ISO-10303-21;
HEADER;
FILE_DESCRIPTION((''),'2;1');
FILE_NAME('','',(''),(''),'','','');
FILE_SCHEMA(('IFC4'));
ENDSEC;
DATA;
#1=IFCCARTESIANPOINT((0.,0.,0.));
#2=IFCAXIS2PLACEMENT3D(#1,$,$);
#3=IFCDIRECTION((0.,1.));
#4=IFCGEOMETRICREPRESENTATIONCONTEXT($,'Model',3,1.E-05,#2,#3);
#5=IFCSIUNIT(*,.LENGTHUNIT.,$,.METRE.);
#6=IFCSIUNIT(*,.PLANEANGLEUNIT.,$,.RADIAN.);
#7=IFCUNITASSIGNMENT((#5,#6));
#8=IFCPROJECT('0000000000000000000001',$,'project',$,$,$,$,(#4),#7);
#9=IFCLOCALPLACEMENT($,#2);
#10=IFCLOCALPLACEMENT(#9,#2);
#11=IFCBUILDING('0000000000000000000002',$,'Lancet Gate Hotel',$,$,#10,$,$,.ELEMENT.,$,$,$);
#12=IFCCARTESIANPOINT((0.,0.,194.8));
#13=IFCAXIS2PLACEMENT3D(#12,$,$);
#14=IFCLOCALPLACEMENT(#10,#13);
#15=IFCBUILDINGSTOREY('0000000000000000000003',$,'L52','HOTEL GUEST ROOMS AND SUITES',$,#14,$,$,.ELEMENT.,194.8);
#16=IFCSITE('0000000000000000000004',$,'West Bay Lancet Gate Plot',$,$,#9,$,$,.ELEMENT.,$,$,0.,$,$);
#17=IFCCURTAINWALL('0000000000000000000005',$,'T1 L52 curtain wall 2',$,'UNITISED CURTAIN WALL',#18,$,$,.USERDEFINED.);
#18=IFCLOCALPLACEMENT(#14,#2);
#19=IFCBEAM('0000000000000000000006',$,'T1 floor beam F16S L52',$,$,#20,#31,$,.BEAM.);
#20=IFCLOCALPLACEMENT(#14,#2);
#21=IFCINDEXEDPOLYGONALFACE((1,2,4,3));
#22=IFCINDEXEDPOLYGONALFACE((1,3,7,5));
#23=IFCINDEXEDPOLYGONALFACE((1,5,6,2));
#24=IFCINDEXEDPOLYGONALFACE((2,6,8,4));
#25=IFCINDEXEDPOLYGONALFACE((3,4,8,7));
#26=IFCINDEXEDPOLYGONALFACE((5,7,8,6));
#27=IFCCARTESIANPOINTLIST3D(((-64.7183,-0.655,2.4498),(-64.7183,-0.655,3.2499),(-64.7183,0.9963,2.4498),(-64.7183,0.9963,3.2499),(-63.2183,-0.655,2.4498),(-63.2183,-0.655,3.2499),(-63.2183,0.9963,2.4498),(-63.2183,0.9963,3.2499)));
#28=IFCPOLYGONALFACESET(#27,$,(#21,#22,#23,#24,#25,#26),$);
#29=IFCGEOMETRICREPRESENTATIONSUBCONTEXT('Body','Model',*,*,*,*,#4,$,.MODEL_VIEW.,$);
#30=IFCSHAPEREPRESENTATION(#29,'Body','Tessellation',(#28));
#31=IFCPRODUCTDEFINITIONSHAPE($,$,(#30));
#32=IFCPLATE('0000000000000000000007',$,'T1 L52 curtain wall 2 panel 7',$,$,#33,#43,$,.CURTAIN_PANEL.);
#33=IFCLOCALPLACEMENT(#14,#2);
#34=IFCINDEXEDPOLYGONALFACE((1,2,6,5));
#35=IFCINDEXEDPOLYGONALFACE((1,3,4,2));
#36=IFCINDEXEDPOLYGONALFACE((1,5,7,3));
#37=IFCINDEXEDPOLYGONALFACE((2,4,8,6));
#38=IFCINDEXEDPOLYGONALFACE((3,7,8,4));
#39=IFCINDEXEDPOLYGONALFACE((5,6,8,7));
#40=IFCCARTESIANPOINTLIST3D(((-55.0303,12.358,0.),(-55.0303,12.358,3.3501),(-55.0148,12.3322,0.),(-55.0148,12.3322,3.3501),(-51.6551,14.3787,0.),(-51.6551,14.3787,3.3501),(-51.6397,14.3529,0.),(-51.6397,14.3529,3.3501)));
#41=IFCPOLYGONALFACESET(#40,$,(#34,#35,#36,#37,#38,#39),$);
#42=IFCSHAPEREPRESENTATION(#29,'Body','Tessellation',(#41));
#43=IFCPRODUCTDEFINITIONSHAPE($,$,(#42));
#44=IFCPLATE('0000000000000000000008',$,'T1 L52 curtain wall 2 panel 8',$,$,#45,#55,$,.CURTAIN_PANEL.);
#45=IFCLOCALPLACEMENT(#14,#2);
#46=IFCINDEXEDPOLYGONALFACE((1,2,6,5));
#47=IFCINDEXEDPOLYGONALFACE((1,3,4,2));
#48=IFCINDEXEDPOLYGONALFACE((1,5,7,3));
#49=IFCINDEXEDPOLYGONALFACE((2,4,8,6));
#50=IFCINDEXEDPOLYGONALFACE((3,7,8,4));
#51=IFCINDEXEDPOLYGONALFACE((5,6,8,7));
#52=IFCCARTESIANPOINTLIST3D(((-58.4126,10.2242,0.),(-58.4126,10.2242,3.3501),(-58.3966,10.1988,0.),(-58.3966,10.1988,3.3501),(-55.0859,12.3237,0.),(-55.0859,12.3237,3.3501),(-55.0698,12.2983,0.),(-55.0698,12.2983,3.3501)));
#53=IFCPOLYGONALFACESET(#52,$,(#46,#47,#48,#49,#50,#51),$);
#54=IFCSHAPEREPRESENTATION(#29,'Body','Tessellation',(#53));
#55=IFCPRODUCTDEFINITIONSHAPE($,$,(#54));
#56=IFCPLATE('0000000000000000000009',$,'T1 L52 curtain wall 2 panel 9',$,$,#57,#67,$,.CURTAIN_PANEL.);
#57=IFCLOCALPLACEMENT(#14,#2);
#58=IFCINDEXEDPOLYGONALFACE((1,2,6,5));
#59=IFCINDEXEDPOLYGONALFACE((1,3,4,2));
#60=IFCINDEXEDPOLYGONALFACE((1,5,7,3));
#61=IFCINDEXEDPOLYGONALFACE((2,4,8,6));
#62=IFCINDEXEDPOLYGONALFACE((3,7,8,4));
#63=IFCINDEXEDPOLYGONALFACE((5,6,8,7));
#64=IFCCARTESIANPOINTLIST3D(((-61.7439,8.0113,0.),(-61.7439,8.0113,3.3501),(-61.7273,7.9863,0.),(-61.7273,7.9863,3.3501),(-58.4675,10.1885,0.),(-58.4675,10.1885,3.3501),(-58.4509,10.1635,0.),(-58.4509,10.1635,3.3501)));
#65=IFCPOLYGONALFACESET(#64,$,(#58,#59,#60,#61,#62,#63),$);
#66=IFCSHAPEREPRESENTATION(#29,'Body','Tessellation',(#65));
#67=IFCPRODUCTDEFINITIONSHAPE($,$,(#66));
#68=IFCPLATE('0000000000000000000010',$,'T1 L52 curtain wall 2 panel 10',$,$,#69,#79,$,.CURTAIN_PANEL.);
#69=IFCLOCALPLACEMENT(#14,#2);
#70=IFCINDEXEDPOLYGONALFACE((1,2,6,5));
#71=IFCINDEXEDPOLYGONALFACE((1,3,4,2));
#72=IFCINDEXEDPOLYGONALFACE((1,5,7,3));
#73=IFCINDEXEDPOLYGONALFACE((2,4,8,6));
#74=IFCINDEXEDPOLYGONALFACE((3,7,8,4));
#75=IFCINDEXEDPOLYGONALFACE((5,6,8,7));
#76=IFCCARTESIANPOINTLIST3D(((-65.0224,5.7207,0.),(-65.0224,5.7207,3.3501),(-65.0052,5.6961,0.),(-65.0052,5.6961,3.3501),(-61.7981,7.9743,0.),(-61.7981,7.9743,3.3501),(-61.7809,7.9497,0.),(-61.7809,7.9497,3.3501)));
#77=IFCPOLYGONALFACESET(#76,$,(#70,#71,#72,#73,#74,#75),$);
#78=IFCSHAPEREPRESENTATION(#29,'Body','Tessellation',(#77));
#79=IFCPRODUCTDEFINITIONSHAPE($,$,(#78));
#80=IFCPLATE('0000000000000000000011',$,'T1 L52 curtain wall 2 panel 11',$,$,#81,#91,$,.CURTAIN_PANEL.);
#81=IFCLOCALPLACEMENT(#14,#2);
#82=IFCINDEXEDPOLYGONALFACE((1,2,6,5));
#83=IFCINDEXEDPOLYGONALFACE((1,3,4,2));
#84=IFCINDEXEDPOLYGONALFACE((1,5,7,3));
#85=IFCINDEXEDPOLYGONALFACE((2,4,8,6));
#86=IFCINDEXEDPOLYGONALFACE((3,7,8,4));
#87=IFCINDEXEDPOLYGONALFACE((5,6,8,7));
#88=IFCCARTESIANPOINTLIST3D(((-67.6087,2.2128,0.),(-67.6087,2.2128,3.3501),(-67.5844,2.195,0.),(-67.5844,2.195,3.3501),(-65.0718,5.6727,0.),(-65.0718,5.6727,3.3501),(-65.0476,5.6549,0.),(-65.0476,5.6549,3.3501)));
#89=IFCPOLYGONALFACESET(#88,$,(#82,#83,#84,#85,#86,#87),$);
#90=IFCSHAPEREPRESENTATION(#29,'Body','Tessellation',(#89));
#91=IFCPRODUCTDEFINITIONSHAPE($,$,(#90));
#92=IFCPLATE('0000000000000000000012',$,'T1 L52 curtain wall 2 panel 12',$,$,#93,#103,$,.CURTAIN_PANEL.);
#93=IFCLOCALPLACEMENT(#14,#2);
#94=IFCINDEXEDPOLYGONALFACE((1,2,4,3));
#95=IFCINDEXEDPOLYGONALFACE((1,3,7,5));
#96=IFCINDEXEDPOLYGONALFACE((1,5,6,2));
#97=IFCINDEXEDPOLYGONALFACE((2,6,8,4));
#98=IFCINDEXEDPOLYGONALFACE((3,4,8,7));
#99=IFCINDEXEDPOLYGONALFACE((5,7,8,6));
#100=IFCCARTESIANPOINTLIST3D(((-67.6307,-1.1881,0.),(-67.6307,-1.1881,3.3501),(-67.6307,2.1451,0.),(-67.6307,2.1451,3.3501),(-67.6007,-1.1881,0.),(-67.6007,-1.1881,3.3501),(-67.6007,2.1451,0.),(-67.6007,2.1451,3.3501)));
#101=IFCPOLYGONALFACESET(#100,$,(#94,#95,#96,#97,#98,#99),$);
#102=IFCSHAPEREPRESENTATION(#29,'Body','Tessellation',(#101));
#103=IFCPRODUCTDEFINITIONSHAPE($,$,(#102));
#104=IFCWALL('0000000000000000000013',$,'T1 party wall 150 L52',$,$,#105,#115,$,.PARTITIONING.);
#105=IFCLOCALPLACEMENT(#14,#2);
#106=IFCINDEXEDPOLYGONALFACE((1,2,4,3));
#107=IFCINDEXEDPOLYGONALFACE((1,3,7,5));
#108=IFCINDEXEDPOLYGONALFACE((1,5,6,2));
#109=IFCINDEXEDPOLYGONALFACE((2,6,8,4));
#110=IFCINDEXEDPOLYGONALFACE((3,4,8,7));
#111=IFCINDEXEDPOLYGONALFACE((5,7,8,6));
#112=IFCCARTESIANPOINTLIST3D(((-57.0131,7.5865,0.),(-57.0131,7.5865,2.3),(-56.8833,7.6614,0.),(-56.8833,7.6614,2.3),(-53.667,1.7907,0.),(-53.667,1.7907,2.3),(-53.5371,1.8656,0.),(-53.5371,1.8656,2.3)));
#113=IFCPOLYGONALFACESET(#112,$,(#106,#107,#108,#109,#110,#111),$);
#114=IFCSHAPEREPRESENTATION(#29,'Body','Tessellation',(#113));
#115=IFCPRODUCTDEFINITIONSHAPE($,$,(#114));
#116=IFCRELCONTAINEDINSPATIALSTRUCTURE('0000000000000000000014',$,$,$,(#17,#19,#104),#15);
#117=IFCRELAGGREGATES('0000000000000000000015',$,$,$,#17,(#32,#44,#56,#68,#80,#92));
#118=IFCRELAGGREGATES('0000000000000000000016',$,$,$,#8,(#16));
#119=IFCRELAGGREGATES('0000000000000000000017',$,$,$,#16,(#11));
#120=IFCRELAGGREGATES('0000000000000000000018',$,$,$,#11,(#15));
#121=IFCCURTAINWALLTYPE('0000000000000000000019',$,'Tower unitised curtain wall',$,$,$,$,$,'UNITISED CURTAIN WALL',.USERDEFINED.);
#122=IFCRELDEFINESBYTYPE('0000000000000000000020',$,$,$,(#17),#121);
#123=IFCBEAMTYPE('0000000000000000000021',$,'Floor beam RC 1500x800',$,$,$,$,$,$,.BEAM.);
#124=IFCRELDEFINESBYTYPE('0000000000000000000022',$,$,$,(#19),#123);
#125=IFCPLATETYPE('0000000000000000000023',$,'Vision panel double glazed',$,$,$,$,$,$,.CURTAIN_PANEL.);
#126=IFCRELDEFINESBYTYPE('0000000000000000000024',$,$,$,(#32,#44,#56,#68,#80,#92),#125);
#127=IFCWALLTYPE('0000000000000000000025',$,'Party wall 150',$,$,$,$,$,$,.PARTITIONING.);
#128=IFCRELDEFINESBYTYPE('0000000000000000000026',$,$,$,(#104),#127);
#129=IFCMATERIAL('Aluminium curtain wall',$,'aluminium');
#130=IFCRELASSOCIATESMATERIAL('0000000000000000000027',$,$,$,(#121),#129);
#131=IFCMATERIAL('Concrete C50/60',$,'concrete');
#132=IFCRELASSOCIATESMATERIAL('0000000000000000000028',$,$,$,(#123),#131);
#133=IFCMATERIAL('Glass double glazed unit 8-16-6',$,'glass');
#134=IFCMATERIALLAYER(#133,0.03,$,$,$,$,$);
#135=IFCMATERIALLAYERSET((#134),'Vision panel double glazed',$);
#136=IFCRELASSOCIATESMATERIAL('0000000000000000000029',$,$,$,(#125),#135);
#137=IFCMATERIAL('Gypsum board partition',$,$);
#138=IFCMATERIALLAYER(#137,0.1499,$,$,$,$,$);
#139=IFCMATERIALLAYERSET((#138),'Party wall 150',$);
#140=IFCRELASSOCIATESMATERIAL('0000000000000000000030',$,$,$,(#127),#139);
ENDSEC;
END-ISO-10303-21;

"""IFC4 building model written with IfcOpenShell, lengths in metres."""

from ifc_helpers import new_model, si_unit, direction, frame, frame_2d, origin, origin_2d, place, context, subcontext, project, spatial, rectangle, extrude, material, layer, layer_set, material_profile, profile_set, type_object, element, aggregate, save


model = new_model("IFC4")

# Units and contexts
model_context = context("Model", 3, precision=1e-05, world=origin(), true_north=direction((0.0, 1.0)))
body_context = subcontext(model_context, "Body", "Model", "MODEL_VIEW")
ifc_project = project(units=[si_unit("LENGTHUNIT", "METRE"), si_unit("PLANEANGLEUNIT", "RADIAN")], contexts=[model_context])

# Site, building, storey
site_placement = place(None, origin())
site = spatial("IfcSite", under=ifc_project, at=site_placement, Name="West Bay Lancet Gate Plot", CompositionType="ELEMENT", RefElevation=0.0)
building_placement = place(site_placement, origin())
building = spatial("IfcBuilding", under=site, at=building_placement, Name="Lancet Gate Hotel", CompositionType="ELEMENT")
storey_placement = place(building_placement, frame((0.0, 0.0, 194.8)))
storey = spatial("IfcBuildingStorey", under=building, at=storey_placement, Name="L52", Description="HOTEL GUEST ROOMS AND SUITES", CompositionType="ELEMENT", Elevation=194.8)

# Curtain wall
ifc_material_1 = material(Name="Aluminium curtain wall", Category="aluminium")
curtain_wall_type = type_object("IfcCurtainWallType", Name="Tower unitised curtain wall", ElementType="UNITISED CURTAIN WALL", PredefinedType="USERDEFINED", material=ifc_material_1)
curtain_wall_placement = place(storey_placement, origin())
curtain_wall = element("IfcCurtainWall", 1, at=curtain_wall_placement, inside=storey, type_object=curtain_wall_type, Name="T1 L52 curtain wall 2", ObjectType="UNITISED CURTAIN WALL", PredefinedType="USERDEFINED")

# Beam
ifc_material_2 = material(Name="Concrete C50/60", Category="concrete")
ifc_material_profile_1 = material_profile(ifc_material_2, rectangle(XDim=1.5, YDim=0.8, at=origin_2d()), Name="RC 1500x800")
ifc_profile_set_1 = profile_set([ifc_material_profile_1], Name="Concrete C50/60")
beam_type_1 = type_object("IfcBeamType", Name="Floor beam RC 1500x800", PredefinedType="BEAM", material=ifc_profile_set_1)
beam_1_placement = place(storey_placement, frame((-63.9683, 0.9963, 2.8499), z_axis=(0.0, -1.0, 0.0), x_axis=(1.0, 0.0, 0.0)))
element("IfcBeam", 2, at=beam_1_placement, inside=storey, type_object=beam_type_1, Name="T1 floor beam F16S L52", PredefinedType="BEAM", context=body_context, shape_type="SweptSolid", body=[
    extrude(rectangle(XDim=1.5, YDim=0.8, at=origin_2d()), origin(), (0.0, 0.0, 1.0), 1.6514),
])

# Plates
ifc_material_3 = material(Name="Glass double glazed unit 8-16-6", Category="glass")
ifc_layer_1 = layer(ifc_material_3, 0.03)
ifc_layer_set_1 = layer_set([ifc_layer_1], Name="Vision panel double glazed")
plate_type = type_object("IfcPlateType", Name="Vision panel double glazed", PredefinedType="CURTAIN_PANEL", material=ifc_layer_set_1)
plate_1_placement = place(storey_placement, frame((-53.335, 13.3555, 0.0), z_axis=(0.0, 0.0, 1.0), x_axis=(-0.857987, -0.513672, 0.0)))
plate_1 = element("IfcPlate", 3, at=plate_1_placement, type_object=plate_type, Name="T1 L52 curtain wall 2 panel 7", PredefinedType="CURTAIN_PANEL", context=body_context, shape_type="SweptSolid", body=[
    extrude(rectangle(XDim=3.9338, YDim=0.03, at=origin_2d()), origin(), (0.0, 0.0, 1.0), 3.3501),
])
plate_2_placement = place(storey_placement, frame((-56.7412, 11.2612, 0.0), z_axis=(0.0, 0.0, 1.0), x_axis=(-0.845667, -0.533711, 0.0)))
plate_2 = element("IfcPlate", 4, at=plate_2_placement, type_object=plate_type, Name="T1 L52 curtain wall 2 panel 8", PredefinedType="CURTAIN_PANEL", context=body_context, shape_type="SweptSolid", body=[
    extrude(rectangle(XDim=3.9338, YDim=0.03, at=origin_2d()), origin(), (0.0, 0.0, 1.0), 3.3501),
])
plate_3_placement = place(storey_placement, frame((-60.0974, 9.0874, 0.0), z_axis=(0.0, 0.0, 1.0), x_axis=(-0.832879, -0.553455, 0.0)))
plate_3 = element("IfcPlate", 5, at=plate_3_placement, type_object=plate_type, Name="T1 L52 curtain wall 2 panel 9", PredefinedType="CURTAIN_PANEL", context=body_context, shape_type="SweptSolid", body=[
    extrude(rectangle(XDim=3.9338, YDim=0.03, at=origin_2d()), origin(), (0.0, 0.0, 1.0), 3.3501),
])
plate_4_placement = place(storey_placement, frame((-63.4016, 6.8352, 0.0), z_axis=(0.0, 0.0, 1.0), x_axis=(-0.819631, -0.572892, 0.0)))
plate_4 = element("IfcPlate", 6, at=plate_4_placement, type_object=plate_type, Name="T1 L52 curtain wall 2 panel 10", PredefinedType="CURTAIN_PANEL", context=body_context, shape_type="SweptSolid", body=[
    extrude(rectangle(XDim=3.9338, YDim=0.03, at=origin_2d()), origin(), (0.0, 0.0, 1.0), 3.3501),
])
plate_5_placement = place(storey_placement, frame((-66.3281, 3.9338, 0.0), z_axis=(0.0, 0.0, 1.0), x_axis=(-0.5913, -0.806452, 0.0)))
plate_5 = element("IfcPlate", 7, at=plate_5_placement, type_object=plate_type, Name="T1 L52 curtain wall 2 panel 11", PredefinedType="CURTAIN_PANEL", context=body_context, shape_type="SweptSolid", body=[
    extrude(rectangle(XDim=4.2903, YDim=0.03, at=origin_2d()), origin(), (0.0, 0.0, 1.0), 3.3501),
])
plate_6_placement = place(storey_placement, frame((-67.6157, 0.4785, 0.0), z_axis=(0.0, 0.0, 1.0), x_axis=(0.0, -1.0, 0.0)))
plate_6 = element("IfcPlate", 8, at=plate_6_placement, type_object=plate_type, Name="T1 L52 curtain wall 2 panel 12", PredefinedType="CURTAIN_PANEL", context=body_context, shape_type="SweptSolid", body=[
    extrude(rectangle(XDim=3.3333, YDim=0.03, at=origin_2d()), origin(), (0.0, 0.0, 1.0), 3.3501),
])
aggregate(curtain_wall, [plate_1, plate_2, plate_3, plate_4, plate_5, plate_6])

# Wall
ifc_material_4 = material(Name="Gypsum board partition")
ifc_layer_2 = layer(ifc_material_4, 0.1499)
ifc_layer_set_2 = layer_set([ifc_layer_2], Name="Party wall 150")
wall_type = type_object("IfcWallType", Name="Party wall 150", PredefinedType="PARTITIONING", material=ifc_layer_set_2)
wall_placement = place(storey_placement, frame((-53.6021, 1.8281, 0.0), z_axis=(0.0, 0.0, 1.0), x_axis=(-0.499992, 0.86603, 0.0)))
element("IfcWall", 9, at=wall_placement, inside=storey, type_object=wall_type, Name="T1 party wall 150 L52", PredefinedType="PARTITIONING", context=body_context, shape_type="SweptSolid", body=[
    extrude(rectangle(XDim=6.6924, YDim=0.1499, at=frame_2d((3.3462, 0.0))), origin(), (0.0, 0.0, 1.0), 2.3),
])

save(model, "model.ifc")
